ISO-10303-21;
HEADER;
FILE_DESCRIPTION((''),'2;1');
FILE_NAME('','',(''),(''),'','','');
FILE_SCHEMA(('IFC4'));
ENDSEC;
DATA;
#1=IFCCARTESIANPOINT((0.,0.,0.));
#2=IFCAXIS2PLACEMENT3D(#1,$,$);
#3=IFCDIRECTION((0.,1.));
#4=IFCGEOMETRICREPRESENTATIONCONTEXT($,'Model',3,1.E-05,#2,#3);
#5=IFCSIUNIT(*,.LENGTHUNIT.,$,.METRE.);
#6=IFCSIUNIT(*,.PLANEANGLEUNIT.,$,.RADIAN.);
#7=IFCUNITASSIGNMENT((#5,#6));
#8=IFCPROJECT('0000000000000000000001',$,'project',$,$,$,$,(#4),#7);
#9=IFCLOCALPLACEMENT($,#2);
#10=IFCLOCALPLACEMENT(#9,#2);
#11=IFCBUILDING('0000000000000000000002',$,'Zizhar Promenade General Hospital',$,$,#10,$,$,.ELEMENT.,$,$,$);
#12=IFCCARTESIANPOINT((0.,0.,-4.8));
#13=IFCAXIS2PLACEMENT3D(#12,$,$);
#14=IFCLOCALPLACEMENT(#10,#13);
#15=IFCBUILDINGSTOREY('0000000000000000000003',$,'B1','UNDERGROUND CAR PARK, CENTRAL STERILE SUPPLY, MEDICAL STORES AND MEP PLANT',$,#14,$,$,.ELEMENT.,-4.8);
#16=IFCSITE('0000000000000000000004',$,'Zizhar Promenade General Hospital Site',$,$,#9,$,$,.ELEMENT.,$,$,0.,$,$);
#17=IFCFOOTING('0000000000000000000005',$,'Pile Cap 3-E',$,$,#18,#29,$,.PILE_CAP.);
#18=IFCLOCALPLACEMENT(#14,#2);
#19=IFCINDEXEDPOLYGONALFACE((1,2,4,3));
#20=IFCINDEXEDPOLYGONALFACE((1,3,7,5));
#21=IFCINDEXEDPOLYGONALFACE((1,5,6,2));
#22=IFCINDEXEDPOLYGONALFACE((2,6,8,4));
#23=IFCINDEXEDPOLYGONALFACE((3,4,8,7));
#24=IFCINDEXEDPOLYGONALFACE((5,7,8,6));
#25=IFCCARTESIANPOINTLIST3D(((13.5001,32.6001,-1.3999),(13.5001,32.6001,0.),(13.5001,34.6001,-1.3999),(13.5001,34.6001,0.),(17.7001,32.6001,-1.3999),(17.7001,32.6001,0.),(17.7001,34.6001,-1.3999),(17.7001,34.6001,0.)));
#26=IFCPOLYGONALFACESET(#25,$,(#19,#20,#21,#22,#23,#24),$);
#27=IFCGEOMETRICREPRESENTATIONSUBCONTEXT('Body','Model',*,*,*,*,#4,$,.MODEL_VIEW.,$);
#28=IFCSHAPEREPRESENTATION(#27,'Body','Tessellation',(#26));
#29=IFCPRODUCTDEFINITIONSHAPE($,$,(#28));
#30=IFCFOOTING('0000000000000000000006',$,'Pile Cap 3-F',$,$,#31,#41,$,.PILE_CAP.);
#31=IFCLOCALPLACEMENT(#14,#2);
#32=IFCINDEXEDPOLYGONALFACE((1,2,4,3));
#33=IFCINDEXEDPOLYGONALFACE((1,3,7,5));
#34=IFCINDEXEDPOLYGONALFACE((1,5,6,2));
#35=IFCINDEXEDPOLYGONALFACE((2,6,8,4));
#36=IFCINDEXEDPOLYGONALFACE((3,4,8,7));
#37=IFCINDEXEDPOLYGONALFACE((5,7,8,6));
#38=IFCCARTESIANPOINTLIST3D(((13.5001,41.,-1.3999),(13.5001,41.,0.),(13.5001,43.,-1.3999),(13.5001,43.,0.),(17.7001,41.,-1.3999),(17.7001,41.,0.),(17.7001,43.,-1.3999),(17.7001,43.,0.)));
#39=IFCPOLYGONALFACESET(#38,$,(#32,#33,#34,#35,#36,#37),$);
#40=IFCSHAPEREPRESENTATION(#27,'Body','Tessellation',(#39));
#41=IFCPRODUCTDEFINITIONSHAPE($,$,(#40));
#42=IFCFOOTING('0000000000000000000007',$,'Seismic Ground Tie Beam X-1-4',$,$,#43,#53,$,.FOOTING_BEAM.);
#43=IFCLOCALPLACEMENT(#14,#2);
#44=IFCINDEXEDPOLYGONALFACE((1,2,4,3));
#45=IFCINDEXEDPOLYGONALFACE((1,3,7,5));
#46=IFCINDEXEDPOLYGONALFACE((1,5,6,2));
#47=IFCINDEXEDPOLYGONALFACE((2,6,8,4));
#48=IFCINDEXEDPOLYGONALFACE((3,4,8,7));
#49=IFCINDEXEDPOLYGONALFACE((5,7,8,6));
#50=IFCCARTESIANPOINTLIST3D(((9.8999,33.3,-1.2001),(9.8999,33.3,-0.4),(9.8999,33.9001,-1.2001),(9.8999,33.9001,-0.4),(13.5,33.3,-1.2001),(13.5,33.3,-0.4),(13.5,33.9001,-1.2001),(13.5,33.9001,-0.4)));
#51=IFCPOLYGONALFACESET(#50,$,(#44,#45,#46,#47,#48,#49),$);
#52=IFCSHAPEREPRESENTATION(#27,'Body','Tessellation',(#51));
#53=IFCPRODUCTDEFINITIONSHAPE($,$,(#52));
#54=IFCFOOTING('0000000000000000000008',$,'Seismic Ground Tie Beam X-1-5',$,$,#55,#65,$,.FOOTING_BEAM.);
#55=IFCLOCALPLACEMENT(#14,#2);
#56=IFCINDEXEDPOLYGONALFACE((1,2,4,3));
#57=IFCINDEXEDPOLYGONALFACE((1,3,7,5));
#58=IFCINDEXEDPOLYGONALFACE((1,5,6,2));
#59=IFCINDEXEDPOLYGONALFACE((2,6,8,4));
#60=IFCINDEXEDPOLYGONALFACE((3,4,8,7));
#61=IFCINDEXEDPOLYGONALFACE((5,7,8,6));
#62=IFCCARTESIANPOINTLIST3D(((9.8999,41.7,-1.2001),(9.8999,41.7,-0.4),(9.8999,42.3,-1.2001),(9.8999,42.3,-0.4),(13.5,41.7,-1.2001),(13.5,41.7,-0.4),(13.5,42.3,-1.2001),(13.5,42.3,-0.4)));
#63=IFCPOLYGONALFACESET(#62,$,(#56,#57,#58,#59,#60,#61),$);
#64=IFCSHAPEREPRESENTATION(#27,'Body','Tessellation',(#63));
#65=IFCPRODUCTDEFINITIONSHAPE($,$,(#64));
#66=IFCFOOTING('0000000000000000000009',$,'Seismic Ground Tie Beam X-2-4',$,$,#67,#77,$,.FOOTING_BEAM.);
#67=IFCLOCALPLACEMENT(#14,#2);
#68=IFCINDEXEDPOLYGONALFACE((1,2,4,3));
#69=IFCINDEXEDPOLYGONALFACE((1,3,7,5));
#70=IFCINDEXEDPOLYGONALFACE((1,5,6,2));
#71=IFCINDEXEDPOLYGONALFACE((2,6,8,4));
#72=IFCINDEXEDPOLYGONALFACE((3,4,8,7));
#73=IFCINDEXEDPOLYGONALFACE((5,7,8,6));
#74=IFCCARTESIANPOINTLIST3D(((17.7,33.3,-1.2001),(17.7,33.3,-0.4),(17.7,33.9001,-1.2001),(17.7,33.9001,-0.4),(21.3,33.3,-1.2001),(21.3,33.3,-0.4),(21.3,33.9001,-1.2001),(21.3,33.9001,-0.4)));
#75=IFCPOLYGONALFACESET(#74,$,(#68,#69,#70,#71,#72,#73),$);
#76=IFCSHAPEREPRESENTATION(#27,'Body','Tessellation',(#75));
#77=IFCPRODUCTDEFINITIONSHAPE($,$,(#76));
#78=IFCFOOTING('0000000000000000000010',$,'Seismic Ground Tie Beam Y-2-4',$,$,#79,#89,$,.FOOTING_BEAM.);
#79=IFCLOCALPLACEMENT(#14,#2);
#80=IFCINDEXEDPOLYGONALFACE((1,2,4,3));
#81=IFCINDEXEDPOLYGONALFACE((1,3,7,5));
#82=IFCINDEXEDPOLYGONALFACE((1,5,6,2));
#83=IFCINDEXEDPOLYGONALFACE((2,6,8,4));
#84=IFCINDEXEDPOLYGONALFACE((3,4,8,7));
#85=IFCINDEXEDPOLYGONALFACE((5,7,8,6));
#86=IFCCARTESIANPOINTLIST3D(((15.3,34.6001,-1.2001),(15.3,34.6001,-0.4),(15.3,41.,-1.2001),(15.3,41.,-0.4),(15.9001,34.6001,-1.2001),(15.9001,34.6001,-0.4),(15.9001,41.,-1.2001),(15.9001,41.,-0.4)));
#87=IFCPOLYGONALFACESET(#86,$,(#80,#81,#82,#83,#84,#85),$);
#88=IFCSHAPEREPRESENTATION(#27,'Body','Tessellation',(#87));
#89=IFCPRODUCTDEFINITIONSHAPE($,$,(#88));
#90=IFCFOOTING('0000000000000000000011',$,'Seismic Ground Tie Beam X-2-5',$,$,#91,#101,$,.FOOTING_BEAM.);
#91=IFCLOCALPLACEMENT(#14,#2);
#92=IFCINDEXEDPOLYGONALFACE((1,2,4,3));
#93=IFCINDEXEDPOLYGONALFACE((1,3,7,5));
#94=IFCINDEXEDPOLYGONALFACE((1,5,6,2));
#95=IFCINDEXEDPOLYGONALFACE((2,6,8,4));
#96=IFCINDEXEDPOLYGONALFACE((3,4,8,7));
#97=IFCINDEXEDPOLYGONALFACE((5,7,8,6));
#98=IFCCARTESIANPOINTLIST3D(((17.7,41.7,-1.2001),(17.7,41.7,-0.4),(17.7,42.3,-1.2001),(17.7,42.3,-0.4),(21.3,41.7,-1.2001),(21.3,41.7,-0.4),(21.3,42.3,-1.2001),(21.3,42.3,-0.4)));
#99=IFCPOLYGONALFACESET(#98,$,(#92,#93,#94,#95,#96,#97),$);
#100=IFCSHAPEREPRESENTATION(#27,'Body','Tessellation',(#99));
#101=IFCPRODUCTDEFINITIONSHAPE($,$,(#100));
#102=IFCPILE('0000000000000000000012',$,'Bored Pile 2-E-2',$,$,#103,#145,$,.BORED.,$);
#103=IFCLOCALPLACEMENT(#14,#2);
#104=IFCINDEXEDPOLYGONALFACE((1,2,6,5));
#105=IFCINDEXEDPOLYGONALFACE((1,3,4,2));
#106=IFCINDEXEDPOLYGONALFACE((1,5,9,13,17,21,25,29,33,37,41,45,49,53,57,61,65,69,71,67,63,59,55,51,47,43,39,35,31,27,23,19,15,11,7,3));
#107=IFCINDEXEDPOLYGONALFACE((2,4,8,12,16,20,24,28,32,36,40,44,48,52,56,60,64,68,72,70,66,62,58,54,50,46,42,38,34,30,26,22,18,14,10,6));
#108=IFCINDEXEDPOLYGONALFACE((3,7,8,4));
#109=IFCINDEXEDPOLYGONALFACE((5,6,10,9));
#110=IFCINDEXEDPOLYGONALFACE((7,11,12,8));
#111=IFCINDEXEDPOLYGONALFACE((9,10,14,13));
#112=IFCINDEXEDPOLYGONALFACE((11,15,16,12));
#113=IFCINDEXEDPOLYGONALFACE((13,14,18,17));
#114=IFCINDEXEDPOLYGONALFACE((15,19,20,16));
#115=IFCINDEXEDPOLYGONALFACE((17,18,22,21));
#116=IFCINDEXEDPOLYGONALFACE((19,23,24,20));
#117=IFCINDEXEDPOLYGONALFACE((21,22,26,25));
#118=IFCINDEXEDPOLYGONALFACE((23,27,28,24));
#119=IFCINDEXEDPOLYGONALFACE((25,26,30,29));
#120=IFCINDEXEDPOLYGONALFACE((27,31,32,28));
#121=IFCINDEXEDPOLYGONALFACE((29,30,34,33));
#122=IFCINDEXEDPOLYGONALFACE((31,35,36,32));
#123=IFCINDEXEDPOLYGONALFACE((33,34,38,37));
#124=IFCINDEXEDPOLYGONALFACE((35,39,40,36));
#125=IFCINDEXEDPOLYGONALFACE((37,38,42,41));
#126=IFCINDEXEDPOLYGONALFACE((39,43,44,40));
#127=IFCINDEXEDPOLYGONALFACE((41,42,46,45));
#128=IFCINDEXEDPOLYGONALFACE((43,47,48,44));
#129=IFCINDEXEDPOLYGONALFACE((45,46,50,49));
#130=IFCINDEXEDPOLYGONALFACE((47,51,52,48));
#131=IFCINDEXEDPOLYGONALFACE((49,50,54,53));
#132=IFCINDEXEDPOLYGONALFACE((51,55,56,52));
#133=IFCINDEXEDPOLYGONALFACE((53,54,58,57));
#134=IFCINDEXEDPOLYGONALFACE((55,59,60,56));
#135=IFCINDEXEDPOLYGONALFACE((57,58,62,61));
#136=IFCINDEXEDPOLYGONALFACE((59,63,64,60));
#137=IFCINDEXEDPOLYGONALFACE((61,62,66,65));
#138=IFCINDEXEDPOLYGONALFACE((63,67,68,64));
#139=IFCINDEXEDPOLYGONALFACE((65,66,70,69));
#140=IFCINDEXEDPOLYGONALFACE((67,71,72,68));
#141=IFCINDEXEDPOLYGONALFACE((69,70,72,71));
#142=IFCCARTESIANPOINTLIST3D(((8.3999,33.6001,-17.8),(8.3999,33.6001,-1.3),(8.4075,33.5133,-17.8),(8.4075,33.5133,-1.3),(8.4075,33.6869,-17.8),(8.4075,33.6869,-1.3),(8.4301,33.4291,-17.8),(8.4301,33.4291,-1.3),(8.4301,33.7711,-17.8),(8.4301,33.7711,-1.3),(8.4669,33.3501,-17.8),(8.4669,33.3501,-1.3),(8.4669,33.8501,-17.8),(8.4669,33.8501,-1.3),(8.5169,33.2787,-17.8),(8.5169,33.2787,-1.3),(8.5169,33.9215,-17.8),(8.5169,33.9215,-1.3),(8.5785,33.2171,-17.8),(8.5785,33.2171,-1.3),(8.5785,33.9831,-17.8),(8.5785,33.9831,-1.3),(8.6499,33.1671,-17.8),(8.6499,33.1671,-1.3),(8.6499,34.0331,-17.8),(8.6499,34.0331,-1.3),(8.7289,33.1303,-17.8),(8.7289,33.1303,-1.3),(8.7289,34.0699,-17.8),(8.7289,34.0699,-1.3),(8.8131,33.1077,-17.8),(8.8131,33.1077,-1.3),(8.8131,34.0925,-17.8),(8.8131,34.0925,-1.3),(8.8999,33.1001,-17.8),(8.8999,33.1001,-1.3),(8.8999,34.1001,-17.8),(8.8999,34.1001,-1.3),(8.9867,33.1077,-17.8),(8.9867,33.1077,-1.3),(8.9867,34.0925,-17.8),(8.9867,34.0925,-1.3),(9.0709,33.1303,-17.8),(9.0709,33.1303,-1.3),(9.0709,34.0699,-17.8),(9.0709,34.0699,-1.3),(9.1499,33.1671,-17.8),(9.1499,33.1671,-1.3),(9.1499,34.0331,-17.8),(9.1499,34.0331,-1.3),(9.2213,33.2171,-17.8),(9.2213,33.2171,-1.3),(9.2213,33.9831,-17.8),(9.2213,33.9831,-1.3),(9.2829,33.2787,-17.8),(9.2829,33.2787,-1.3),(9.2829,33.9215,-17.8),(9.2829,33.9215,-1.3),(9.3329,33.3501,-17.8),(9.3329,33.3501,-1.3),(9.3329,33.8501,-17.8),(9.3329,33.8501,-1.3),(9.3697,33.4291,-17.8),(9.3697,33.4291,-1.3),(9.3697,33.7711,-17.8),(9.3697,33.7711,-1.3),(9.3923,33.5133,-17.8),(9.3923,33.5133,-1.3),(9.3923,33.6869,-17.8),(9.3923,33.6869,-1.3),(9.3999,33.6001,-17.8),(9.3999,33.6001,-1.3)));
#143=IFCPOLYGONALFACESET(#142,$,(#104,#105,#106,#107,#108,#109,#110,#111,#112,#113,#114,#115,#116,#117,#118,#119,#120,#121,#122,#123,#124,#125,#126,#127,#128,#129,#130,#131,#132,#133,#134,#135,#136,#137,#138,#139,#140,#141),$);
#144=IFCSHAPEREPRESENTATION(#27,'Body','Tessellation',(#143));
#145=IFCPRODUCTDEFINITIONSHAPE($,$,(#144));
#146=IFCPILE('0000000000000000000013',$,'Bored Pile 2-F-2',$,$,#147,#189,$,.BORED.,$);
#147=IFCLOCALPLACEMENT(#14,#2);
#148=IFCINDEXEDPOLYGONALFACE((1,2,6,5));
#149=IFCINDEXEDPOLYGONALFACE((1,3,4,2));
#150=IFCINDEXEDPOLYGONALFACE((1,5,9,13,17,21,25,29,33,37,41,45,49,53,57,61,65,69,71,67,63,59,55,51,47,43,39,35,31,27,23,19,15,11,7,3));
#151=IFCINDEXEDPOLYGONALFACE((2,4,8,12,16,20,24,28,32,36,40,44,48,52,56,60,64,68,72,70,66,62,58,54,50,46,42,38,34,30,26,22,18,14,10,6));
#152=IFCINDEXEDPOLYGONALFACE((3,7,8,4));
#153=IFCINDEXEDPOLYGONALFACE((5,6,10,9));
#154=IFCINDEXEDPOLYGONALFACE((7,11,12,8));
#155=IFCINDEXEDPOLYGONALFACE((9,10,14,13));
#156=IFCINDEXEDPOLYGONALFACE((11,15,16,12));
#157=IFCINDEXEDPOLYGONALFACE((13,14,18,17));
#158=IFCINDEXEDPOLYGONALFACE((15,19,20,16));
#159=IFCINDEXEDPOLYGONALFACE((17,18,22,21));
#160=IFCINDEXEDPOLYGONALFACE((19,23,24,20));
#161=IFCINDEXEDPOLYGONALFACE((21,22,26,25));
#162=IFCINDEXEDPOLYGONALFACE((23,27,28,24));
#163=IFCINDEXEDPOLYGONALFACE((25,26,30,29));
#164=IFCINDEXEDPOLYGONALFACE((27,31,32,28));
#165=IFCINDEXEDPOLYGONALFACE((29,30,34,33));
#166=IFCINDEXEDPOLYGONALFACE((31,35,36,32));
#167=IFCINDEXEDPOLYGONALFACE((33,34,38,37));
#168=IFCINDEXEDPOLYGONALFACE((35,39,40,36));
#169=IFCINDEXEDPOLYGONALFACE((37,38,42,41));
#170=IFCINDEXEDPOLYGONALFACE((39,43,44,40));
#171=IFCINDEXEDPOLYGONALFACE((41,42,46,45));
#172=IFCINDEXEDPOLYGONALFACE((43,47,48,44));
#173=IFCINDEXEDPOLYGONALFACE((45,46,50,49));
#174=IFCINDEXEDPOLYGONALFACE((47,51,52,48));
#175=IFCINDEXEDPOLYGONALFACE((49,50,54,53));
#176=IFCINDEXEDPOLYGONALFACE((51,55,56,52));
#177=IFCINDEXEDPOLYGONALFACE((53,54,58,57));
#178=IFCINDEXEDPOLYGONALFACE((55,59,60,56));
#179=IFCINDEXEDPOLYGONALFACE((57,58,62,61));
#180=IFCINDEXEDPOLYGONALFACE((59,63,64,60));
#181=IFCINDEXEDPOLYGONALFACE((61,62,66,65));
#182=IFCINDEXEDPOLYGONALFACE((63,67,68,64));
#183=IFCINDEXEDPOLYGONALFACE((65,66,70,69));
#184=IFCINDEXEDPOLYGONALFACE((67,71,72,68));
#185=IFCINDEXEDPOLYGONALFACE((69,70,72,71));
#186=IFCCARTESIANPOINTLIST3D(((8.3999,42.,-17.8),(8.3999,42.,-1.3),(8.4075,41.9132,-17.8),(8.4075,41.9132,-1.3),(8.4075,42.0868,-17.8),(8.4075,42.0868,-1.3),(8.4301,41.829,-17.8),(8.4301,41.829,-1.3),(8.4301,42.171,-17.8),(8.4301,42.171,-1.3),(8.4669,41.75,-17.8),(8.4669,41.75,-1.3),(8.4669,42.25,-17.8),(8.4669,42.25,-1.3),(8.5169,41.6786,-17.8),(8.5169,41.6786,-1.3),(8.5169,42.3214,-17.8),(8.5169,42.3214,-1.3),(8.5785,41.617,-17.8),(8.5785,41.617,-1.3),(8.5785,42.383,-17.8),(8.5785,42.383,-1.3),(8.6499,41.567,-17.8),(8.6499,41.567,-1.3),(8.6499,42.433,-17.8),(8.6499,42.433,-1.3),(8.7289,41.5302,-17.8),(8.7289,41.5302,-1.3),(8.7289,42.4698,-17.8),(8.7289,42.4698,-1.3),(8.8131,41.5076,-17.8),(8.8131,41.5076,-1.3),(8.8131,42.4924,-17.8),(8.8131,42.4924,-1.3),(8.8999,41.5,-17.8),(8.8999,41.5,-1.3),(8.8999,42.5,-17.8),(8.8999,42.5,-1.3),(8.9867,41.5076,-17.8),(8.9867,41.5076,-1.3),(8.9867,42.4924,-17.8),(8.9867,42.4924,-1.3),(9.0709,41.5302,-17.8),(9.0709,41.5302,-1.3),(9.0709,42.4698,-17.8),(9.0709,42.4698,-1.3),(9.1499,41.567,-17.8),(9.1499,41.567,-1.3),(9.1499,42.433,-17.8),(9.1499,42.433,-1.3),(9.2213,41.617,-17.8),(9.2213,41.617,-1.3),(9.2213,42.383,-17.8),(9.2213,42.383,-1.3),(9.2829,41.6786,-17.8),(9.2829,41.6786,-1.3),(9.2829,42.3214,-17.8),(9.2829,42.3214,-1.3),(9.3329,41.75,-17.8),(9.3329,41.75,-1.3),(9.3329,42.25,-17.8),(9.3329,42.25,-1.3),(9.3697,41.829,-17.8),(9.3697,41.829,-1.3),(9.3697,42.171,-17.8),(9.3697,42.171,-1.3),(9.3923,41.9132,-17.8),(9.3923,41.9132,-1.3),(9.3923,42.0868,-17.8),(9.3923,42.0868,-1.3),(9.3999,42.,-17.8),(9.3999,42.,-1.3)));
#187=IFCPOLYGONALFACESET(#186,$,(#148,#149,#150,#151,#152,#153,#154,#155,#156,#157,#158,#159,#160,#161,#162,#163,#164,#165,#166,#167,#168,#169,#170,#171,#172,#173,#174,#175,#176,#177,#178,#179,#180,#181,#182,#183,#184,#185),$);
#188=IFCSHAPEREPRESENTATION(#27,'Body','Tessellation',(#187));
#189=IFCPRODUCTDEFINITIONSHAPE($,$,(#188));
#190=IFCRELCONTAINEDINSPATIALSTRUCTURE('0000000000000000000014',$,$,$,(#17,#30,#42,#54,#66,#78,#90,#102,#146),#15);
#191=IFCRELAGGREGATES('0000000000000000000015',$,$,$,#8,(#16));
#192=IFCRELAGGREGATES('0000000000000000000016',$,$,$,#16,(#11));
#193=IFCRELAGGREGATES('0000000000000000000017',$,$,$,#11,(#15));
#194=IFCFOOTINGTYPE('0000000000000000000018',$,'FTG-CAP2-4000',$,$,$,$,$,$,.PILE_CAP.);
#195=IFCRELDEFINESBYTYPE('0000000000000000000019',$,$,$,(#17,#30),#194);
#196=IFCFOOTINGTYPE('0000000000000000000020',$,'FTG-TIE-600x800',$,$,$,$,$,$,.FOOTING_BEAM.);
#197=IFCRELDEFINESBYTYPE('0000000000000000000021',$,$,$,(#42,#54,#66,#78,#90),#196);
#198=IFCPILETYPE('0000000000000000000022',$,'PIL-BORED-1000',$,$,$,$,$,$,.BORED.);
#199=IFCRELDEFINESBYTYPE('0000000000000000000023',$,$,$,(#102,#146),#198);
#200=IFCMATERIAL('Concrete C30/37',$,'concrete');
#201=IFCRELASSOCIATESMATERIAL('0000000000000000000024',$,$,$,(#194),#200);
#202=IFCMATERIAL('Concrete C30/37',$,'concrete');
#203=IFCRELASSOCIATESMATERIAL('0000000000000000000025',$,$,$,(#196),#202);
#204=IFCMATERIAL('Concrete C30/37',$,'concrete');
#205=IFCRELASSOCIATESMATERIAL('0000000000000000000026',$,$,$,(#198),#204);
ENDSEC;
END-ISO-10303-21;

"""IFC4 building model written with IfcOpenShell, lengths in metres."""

from ifc_helpers import new_model, si_unit, direction, frame, origin, origin_2d, place, context, subcontext, project, spatial, rectangle, circle, extrude, material, material_profile, profile_set, type_object, element, save


model = new_model("IFC4")

# Units and contexts
model_context = context("Model", 3, precision=1e-05, world=origin(), true_north=direction((0.0, 1.0)))
body_context = subcontext(model_context, "Body", "Model", "MODEL_VIEW")
ifc_project = project(units=[si_unit("LENGTHUNIT", "METRE"), si_unit("PLANEANGLEUNIT", "RADIAN")], contexts=[model_context])

# Site, building, storey
site_placement = place(None, origin())
site = spatial("IfcSite", under=ifc_project, at=site_placement, Name="Zizhar Promenade General Hospital Site", CompositionType="ELEMENT", RefElevation=0.0)
building_placement = place(site_placement, origin())
building = spatial("IfcBuilding", under=site, at=building_placement, Name="Zizhar Promenade General Hospital", CompositionType="ELEMENT")
storey_placement = place(building_placement, frame((0.0, 0.0, -4.8)))
storey = spatial("IfcBuildingStorey", under=building, at=storey_placement, Name="B1", Description="UNDERGROUND CAR PARK, CENTRAL STERILE SUPPLY, MEDICAL STORES AND MEP PLANT", CompositionType="ELEMENT", Elevation=-4.8)

# Footings
ifc_material_1 = material(Name="Concrete C30/37", Category="concrete")
footing_type_1 = type_object("IfcFootingType", Name="FTG-CAP2-4000", PredefinedType="PILE_CAP", material=ifc_material_1)
for number, where, z_axis, x_axis, name in (
    (1, (15.6001, 33.6001, -1.3999), (0.0, 0.0, 1.0), (1.0, 0.0, 0.0), "Pile Cap 3-E"),
    (2, (15.6001, 42.0, -1.3999), (0.0, 0.0, 1.0), (1.0, 0.0, 0.0), "Pile Cap 3-F"),
):
    element("IfcFooting", number, at=place(storey_placement, frame(where, z_axis=z_axis, x_axis=x_axis)), inside=storey, type_object=footing_type_1, Name=name, PredefinedType="PILE_CAP", context=body_context, shape_type="SweptSolid", body=[
        extrude(rectangle(XDim=4.2, YDim=2.0, at=origin_2d()), origin(), (0.0, 0.0, 1.0), 1.3999),
    ])
ifc_material_2 = material(Name="Concrete C30/37", Category="concrete")
ifc_material_profile_1 = material_profile(ifc_material_2, rectangle(XDim=0.6001, YDim=0.8, at=origin_2d()))
ifc_profile_set_1 = profile_set([ifc_material_profile_1], Name="Concrete C30/37")
footing_type_2 = type_object("IfcFootingType", Name="FTG-TIE-600x800", PredefinedType="FOOTING_BEAM", material=ifc_profile_set_1)
for number, where, z_axis, x_axis, name in (
    (3, (9.8999, 33.6001, -0.8), (1.0, 0.0, 0.0), (0.0, 1.0, 0.0), "Seismic Ground Tie Beam X-1-4"),
    (4, (9.8999, 42.0, -0.8), (1.0, 0.0, 0.0), (0.0, 1.0, 0.0), "Seismic Ground Tie Beam X-1-5"),
    (5, (17.7, 33.6001, -0.8), (1.0, 0.0, 0.0), (0.0, 1.0, 0.0), "Seismic Ground Tie Beam X-2-4"),
):
    element("IfcFooting", number, at=place(storey_placement, frame(where, z_axis=z_axis, x_axis=x_axis)), inside=storey, type_object=footing_type_2, Name=name, PredefinedType="FOOTING_BEAM", context=body_context, shape_type="SweptSolid", body=[
        extrude(rectangle(XDim=0.6001, YDim=0.8, at=origin_2d()), origin(), (0.0, 0.0, 1.0), 3.6001),
    ])
footing_1_placement = place(storey_placement, frame((15.6001, 34.6001, -0.8), z_axis=(0.0, 1.0, 0.0), x_axis=(-1.0, 0.0, 0.0)))
element("IfcFooting", 6, at=footing_1_placement, inside=storey, type_object=footing_type_2, Name="Seismic Ground Tie Beam Y-2-4", PredefinedType="FOOTING_BEAM", context=body_context, shape_type="SweptSolid", body=[
    extrude(rectangle(XDim=0.6001, YDim=0.8, at=origin_2d()), origin(), (0.0, 0.0, 1.0), 6.3999),
])
footing_2_placement = place(storey_placement, frame((17.7, 42.0, -0.8), z_axis=(1.0, 0.0, 0.0), x_axis=(0.0, 1.0, 0.0)))
element("IfcFooting", 7, at=footing_2_placement, inside=storey, type_object=footing_type_2, Name="Seismic Ground Tie Beam X-2-5", PredefinedType="FOOTING_BEAM", context=body_context, shape_type="SweptSolid", body=[
    extrude(rectangle(XDim=0.6001, YDim=0.8, at=origin_2d()), origin(), (0.0, 0.0, 1.0), 3.6001),
])

# Piles
ifc_material_3 = material(Name="Concrete C30/37", Category="concrete")
ifc_material_profile_2 = material_profile(ifc_material_3, circle(Radius=0.5, at=origin_2d()))
ifc_profile_set_2 = profile_set([ifc_material_profile_2], Name="Concrete C30/37")
pile_type = type_object("IfcPileType", Name="PIL-BORED-1000", PredefinedType="BORED", material=ifc_profile_set_2)
for number, where, z_axis, x_axis, name in (
    (8, (8.8999, 33.6001, -1.3), (0.0, 0.0, -1.0), (1.0, 0.0, 0.0), "Bored Pile 2-E-2"),
    (9, (8.8999, 42.0, -1.3), (0.0, 0.0, -1.0), (1.0, 0.0, 0.0), "Bored Pile 2-F-2"),
):
    element("IfcPile", number, at=place(storey_placement, frame(where, z_axis=z_axis, x_axis=x_axis)), inside=storey, type_object=pile_type, Name=name, PredefinedType="BORED", context=body_context, shape_type="SweptSolid", body=[
        extrude(circle(Radius=0.5, at=origin_2d()), origin(), (0.0, 0.0, 1.0), 16.5),
    ])

save(model, "model.ifc")
